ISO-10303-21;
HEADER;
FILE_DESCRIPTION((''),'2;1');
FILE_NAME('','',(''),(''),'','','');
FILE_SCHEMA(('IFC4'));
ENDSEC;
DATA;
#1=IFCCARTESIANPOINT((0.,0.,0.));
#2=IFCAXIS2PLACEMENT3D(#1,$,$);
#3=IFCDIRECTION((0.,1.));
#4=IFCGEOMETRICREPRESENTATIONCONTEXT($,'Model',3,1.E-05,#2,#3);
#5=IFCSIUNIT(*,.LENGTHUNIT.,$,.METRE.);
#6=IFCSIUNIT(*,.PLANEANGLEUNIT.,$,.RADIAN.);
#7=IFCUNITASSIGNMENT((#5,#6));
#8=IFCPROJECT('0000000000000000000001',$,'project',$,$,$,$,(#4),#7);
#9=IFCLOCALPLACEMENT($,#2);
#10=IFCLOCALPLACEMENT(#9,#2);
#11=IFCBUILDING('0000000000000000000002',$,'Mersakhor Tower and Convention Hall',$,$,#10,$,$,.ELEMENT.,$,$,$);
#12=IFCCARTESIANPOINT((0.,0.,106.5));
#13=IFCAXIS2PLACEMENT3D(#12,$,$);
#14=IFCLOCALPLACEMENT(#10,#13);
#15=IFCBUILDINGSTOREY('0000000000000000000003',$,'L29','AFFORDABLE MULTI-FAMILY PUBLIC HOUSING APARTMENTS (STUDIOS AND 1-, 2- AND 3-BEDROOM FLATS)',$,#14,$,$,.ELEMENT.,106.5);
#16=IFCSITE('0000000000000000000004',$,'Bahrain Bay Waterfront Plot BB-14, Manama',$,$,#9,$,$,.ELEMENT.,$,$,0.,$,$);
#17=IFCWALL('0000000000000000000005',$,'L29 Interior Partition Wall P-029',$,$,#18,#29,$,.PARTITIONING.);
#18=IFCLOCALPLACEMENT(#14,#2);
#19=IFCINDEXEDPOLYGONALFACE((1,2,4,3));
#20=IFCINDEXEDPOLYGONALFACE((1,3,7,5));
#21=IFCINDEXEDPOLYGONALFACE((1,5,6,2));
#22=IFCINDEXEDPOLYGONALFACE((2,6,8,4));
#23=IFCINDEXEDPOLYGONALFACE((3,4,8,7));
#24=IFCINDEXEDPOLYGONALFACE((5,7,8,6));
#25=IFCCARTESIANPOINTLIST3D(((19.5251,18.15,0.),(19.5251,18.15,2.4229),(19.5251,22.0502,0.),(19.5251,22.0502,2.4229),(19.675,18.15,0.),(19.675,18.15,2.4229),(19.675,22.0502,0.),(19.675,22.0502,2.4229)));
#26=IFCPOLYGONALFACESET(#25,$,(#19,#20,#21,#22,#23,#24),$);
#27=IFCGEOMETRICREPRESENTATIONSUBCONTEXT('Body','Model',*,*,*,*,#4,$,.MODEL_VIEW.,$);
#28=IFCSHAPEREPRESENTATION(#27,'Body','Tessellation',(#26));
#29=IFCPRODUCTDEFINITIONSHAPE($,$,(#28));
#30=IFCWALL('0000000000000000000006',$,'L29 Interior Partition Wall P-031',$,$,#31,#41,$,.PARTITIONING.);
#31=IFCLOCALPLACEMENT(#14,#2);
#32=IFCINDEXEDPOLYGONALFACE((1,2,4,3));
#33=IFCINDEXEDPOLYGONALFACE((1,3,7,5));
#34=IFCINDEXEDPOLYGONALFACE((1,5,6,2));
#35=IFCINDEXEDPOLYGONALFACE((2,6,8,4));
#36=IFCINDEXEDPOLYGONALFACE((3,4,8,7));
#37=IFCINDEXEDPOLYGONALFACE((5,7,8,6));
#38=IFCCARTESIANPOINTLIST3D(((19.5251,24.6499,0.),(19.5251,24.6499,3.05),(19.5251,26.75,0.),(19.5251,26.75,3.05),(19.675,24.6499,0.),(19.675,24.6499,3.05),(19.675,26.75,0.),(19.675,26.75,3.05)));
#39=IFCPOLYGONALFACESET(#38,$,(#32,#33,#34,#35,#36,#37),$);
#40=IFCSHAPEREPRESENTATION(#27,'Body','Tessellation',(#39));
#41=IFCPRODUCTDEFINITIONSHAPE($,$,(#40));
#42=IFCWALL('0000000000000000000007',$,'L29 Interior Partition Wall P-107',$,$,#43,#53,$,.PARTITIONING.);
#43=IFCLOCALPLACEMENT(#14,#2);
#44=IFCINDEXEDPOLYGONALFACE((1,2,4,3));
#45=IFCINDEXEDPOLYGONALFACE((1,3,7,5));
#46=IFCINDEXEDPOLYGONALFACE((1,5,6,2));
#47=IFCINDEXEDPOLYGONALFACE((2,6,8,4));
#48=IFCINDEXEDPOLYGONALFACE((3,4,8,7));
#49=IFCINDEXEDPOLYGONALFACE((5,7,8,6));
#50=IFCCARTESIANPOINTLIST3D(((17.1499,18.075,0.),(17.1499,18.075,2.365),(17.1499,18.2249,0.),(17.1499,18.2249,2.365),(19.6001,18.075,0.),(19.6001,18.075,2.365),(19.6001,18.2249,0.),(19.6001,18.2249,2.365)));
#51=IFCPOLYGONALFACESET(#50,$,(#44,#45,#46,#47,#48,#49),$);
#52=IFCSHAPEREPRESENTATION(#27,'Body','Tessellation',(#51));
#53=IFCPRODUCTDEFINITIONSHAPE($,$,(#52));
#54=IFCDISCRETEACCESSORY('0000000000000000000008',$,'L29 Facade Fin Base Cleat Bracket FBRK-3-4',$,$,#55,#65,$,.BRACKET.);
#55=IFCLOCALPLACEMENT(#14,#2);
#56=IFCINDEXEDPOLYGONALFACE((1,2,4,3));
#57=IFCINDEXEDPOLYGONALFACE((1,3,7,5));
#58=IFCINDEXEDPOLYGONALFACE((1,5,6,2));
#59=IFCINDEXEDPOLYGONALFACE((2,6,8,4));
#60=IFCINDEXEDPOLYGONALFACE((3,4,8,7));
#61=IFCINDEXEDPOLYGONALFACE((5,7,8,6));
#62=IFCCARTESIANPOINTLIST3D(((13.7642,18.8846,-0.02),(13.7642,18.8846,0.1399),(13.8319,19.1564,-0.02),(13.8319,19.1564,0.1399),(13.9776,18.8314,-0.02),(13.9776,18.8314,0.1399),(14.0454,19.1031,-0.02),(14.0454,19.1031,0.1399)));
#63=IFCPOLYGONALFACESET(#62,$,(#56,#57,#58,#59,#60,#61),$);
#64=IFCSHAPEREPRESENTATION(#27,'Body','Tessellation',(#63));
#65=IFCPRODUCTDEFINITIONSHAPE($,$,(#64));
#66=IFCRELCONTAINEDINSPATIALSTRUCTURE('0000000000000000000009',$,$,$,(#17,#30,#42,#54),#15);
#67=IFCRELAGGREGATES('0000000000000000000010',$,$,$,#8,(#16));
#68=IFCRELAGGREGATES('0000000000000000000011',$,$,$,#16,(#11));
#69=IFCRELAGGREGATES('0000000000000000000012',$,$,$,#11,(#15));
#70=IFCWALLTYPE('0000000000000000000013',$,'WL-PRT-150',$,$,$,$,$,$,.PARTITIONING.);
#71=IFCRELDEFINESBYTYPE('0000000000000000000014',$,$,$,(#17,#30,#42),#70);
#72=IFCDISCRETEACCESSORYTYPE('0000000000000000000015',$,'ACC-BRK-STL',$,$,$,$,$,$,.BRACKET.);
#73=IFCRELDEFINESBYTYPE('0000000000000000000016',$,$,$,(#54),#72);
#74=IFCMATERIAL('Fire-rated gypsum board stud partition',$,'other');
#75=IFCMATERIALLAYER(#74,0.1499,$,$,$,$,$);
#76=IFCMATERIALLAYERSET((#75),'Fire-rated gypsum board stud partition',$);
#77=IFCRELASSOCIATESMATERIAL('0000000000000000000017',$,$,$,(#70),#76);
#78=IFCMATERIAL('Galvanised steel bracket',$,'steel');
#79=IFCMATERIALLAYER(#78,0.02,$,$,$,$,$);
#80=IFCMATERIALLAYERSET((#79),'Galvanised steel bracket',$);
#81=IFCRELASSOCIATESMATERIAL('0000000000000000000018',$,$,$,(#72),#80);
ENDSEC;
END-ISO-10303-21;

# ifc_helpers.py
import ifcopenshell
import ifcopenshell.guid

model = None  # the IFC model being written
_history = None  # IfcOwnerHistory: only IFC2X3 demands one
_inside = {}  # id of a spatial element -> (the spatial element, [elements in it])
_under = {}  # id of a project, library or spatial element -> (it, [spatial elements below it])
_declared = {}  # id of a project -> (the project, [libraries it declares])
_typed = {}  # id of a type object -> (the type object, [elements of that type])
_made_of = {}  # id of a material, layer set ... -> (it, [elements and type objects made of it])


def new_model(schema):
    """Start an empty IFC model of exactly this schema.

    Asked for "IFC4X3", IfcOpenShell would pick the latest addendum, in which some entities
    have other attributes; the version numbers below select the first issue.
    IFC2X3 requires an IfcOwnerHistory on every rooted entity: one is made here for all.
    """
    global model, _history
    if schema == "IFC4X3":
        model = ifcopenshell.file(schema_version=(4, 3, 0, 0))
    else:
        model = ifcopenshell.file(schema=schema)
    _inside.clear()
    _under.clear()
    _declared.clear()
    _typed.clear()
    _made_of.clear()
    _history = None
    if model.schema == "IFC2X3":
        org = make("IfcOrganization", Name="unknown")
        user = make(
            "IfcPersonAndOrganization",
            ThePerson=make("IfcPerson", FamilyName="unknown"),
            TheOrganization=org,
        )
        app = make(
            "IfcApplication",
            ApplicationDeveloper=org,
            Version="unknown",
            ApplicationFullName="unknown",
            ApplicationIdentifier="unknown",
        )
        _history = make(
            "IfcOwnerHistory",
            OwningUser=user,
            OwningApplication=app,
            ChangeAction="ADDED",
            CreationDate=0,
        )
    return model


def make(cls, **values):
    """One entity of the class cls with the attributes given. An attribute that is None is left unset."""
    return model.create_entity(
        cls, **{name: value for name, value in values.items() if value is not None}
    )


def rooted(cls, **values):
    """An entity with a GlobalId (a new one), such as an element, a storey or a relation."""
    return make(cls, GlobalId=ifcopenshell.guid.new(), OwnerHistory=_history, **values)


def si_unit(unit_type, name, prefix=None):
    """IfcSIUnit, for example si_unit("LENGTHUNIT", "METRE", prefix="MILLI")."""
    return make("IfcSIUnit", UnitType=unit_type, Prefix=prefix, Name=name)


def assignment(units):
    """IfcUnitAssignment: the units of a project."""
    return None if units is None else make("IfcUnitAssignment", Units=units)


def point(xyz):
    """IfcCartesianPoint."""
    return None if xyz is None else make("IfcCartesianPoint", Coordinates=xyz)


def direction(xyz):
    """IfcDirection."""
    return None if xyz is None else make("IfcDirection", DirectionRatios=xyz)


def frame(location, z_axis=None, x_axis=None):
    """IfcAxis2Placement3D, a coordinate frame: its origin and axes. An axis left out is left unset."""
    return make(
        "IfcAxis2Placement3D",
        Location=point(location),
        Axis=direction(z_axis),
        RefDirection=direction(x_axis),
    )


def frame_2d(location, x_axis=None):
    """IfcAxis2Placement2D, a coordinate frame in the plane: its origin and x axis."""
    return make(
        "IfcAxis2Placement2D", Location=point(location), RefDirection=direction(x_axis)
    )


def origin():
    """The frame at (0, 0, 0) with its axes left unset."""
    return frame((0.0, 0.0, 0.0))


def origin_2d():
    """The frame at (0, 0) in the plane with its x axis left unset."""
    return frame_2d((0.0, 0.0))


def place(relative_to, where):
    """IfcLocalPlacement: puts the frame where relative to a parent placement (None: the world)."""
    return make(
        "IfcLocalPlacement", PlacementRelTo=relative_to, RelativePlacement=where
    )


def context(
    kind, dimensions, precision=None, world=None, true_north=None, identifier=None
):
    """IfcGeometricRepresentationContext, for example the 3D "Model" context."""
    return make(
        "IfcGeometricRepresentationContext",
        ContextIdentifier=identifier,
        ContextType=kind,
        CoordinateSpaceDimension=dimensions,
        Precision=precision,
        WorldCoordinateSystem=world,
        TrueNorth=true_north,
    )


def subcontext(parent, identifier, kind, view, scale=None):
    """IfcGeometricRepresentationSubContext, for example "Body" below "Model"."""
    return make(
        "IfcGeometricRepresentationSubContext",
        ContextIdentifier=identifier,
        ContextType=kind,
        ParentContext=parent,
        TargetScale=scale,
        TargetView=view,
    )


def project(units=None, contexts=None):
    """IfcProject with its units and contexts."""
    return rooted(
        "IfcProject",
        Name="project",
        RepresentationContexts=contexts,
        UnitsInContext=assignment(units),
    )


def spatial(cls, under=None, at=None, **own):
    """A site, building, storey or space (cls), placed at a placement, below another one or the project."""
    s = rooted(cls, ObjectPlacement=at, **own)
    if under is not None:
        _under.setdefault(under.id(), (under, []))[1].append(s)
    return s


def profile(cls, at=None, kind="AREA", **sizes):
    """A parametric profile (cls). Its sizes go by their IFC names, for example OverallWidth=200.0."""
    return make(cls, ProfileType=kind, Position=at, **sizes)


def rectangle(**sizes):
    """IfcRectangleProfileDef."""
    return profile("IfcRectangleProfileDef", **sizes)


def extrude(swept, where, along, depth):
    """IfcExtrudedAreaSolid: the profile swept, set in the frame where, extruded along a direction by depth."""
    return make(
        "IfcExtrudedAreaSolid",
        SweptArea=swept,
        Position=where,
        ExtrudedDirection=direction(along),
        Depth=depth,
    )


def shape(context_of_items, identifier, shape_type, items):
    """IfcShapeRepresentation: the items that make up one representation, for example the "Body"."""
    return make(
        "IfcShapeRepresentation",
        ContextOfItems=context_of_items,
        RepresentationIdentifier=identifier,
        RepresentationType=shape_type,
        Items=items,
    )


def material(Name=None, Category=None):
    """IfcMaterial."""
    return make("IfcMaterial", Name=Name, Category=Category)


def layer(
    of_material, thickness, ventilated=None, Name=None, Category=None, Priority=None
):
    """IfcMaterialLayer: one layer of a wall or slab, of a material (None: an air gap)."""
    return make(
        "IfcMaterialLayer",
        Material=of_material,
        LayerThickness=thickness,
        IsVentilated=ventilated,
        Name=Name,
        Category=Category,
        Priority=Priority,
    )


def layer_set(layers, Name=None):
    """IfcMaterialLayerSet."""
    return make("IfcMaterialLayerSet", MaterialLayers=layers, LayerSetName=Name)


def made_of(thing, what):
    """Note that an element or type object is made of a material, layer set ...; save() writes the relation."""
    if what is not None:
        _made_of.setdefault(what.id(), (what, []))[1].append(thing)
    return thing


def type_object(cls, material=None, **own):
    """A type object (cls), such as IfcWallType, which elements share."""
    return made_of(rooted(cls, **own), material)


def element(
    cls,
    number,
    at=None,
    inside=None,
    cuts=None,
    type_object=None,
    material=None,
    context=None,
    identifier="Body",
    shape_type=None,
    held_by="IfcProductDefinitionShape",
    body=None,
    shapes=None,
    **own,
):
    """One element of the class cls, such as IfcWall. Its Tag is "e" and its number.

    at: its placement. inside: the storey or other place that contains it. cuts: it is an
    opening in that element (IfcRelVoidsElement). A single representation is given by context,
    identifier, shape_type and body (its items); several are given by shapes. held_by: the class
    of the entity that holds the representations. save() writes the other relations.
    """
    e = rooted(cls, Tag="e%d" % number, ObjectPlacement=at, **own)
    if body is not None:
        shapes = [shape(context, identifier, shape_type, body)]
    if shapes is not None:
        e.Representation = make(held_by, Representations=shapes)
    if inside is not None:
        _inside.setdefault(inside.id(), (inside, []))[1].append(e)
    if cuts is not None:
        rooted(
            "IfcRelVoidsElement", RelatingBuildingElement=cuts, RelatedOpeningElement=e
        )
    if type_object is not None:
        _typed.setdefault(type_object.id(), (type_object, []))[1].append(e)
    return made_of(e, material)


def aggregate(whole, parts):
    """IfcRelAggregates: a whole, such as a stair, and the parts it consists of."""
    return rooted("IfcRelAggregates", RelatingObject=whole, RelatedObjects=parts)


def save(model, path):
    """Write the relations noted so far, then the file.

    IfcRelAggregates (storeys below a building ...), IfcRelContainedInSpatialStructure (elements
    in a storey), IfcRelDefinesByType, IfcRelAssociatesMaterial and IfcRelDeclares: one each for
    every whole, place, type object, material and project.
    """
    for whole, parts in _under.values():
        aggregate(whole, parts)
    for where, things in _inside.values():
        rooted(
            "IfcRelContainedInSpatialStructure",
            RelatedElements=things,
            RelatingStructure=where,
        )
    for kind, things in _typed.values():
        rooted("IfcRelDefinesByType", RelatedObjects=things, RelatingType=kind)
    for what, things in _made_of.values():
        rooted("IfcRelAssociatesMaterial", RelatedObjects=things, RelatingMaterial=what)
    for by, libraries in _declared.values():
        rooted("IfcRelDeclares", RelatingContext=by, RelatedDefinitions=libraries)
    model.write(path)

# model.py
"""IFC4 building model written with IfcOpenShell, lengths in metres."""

from ifc_helpers import new_model, si_unit, direction, frame, frame_2d, origin, origin_2d, place, context, subcontext, project, spatial, rectangle, extrude, material, layer, layer_set, type_object, element, save


model = new_model("IFC4")

# Units and contexts
model_context = context("Model", 3, precision=1e-05, world=origin(), true_north=direction((0.0, 1.0)))
body_context = subcontext(model_context, "Body", "Model", "MODEL_VIEW")
ifc_project = project(units=[si_unit("LENGTHUNIT", "METRE"), si_unit("PLANEANGLEUNIT", "RADIAN")], contexts=[model_context])

# Site, building, storey
site_placement = place(None, origin())
site = spatial("IfcSite", under=ifc_project, at=site_placement, Name="Bahrain Bay Waterfront Plot BB-14, Manama", CompositionType="ELEMENT", RefElevation=0.0)
building_placement = place(site_placement, origin())
building = spatial("IfcBuilding", under=site, at=building_placement, Name="Mersakhor Tower and Convention Hall", CompositionType="ELEMENT")
storey_placement = place(building_placement, frame((0.0, 0.0, 106.5)))
storey = spatial("IfcBuildingStorey", under=building, at=storey_placement, Name="L29", Description="AFFORDABLE MULTI-FAMILY PUBLIC HOUSING APARTMENTS (STUDIOS AND 1-, 2- AND 3-BEDROOM FLATS)", CompositionType="ELEMENT", Elevation=106.5)

# Wall
ifc_material_1 = material(Name="Fire-rated gypsum board stud partition", Category="other")
ifc_layer_1 = layer(ifc_material_1, 0.1499)
ifc_layer_set_1 = layer_set([ifc_layer_1], Name="Fire-rated gypsum board stud partition")
wall_type_1 = type_object("IfcWallType", Name="WL-PRT-150", PredefinedType="PARTITIONING", material=ifc_layer_set_1)
wall_1_placement = place(storey_placement, frame((19.6001, 18.1499, 0.0), z_axis=(0.0, 0.0, 1.0), x_axis=(0.0, 1.0, 0.0)))
element("IfcWall", 1, at=wall_1_placement, inside=storey, type_object=wall_type_1, Name="L29 Interior Partition Wall P-029", PredefinedType="PARTITIONING", context=body_context, shape_type="SweptSolid", body=[
    extrude(rectangle(XDim=3.9001, YDim=0.1499, at=frame_2d((1.9502, 0.0))), origin(), (0.0, 0.0, 1.0), 2.4229),
])

# Walls
wall_2_placement = place(storey_placement, frame((19.6001, 24.6499, 0.0), z_axis=(0.0, 0.0, 1.0), x_axis=(0.0, 1.0, 0.0)))
element("IfcWall", 2, at=wall_2_placement, inside=storey, type_object=wall_type_1, Name="L29 Interior Partition Wall P-031", PredefinedType="PARTITIONING", context=body_context, shape_type="SweptSolid", body=[
    extrude(rectangle(XDim=2.1001, YDim=0.1499, at=frame_2d((1.05, 0.0))), origin(), (0.0, 0.0, 1.0), 3.05),
])
wall_3_placement = place(storey_placement, frame((19.6001, 18.1499, 0.0), z_axis=(0.0, 0.0, 1.0), x_axis=(-1.0, 0.0, 0.0)))
element("IfcWall", 3, at=wall_3_placement, inside=storey, type_object=wall_type_1, Name="L29 Interior Partition Wall P-107", PredefinedType="PARTITIONING", context=body_context, shape_type="SweptSolid", body=[
    extrude(rectangle(XDim=2.4502, YDim=0.1499, at=frame_2d((1.2251, 0.0))), origin(), (0.0, 0.0, 1.0), 2.365),
])

# Discrete accessory
ifc_material_2 = material(Name="Galvanised steel bracket", Category="steel")
ifc_layer_2 = layer(ifc_material_2, 0.02)
ifc_layer_set_2 = layer_set([ifc_layer_2], Name="Galvanised steel bracket")
discrete_accessory_type = type_object("IfcDiscreteAccessoryType", Name="ACC-BRK-STL", PredefinedType="BRACKET", material=ifc_layer_set_2)
discrete_accessory_placement = place(storey_placement, frame((13.9048, 18.9939, -0.02), z_axis=(0.0, 0.0, 1.0), x_axis=(-0.241922, -0.970296, 0.0)))
element("IfcDiscreteAccessory", 4, at=discrete_accessory_placement, inside=storey, type_object=discrete_accessory_type, Name="L29 Facade Fin Base Cleat Bracket FBRK-3-4", PredefinedType="BRACKET", context=body_context, shape_type="SweptSolid", body=[
    extrude(rectangle(XDim=0.28, YDim=0.22, at=origin_2d()), origin(), (0.0, 0.0, 1.0), 0.1599),
])

save(model, "model.ifc")
